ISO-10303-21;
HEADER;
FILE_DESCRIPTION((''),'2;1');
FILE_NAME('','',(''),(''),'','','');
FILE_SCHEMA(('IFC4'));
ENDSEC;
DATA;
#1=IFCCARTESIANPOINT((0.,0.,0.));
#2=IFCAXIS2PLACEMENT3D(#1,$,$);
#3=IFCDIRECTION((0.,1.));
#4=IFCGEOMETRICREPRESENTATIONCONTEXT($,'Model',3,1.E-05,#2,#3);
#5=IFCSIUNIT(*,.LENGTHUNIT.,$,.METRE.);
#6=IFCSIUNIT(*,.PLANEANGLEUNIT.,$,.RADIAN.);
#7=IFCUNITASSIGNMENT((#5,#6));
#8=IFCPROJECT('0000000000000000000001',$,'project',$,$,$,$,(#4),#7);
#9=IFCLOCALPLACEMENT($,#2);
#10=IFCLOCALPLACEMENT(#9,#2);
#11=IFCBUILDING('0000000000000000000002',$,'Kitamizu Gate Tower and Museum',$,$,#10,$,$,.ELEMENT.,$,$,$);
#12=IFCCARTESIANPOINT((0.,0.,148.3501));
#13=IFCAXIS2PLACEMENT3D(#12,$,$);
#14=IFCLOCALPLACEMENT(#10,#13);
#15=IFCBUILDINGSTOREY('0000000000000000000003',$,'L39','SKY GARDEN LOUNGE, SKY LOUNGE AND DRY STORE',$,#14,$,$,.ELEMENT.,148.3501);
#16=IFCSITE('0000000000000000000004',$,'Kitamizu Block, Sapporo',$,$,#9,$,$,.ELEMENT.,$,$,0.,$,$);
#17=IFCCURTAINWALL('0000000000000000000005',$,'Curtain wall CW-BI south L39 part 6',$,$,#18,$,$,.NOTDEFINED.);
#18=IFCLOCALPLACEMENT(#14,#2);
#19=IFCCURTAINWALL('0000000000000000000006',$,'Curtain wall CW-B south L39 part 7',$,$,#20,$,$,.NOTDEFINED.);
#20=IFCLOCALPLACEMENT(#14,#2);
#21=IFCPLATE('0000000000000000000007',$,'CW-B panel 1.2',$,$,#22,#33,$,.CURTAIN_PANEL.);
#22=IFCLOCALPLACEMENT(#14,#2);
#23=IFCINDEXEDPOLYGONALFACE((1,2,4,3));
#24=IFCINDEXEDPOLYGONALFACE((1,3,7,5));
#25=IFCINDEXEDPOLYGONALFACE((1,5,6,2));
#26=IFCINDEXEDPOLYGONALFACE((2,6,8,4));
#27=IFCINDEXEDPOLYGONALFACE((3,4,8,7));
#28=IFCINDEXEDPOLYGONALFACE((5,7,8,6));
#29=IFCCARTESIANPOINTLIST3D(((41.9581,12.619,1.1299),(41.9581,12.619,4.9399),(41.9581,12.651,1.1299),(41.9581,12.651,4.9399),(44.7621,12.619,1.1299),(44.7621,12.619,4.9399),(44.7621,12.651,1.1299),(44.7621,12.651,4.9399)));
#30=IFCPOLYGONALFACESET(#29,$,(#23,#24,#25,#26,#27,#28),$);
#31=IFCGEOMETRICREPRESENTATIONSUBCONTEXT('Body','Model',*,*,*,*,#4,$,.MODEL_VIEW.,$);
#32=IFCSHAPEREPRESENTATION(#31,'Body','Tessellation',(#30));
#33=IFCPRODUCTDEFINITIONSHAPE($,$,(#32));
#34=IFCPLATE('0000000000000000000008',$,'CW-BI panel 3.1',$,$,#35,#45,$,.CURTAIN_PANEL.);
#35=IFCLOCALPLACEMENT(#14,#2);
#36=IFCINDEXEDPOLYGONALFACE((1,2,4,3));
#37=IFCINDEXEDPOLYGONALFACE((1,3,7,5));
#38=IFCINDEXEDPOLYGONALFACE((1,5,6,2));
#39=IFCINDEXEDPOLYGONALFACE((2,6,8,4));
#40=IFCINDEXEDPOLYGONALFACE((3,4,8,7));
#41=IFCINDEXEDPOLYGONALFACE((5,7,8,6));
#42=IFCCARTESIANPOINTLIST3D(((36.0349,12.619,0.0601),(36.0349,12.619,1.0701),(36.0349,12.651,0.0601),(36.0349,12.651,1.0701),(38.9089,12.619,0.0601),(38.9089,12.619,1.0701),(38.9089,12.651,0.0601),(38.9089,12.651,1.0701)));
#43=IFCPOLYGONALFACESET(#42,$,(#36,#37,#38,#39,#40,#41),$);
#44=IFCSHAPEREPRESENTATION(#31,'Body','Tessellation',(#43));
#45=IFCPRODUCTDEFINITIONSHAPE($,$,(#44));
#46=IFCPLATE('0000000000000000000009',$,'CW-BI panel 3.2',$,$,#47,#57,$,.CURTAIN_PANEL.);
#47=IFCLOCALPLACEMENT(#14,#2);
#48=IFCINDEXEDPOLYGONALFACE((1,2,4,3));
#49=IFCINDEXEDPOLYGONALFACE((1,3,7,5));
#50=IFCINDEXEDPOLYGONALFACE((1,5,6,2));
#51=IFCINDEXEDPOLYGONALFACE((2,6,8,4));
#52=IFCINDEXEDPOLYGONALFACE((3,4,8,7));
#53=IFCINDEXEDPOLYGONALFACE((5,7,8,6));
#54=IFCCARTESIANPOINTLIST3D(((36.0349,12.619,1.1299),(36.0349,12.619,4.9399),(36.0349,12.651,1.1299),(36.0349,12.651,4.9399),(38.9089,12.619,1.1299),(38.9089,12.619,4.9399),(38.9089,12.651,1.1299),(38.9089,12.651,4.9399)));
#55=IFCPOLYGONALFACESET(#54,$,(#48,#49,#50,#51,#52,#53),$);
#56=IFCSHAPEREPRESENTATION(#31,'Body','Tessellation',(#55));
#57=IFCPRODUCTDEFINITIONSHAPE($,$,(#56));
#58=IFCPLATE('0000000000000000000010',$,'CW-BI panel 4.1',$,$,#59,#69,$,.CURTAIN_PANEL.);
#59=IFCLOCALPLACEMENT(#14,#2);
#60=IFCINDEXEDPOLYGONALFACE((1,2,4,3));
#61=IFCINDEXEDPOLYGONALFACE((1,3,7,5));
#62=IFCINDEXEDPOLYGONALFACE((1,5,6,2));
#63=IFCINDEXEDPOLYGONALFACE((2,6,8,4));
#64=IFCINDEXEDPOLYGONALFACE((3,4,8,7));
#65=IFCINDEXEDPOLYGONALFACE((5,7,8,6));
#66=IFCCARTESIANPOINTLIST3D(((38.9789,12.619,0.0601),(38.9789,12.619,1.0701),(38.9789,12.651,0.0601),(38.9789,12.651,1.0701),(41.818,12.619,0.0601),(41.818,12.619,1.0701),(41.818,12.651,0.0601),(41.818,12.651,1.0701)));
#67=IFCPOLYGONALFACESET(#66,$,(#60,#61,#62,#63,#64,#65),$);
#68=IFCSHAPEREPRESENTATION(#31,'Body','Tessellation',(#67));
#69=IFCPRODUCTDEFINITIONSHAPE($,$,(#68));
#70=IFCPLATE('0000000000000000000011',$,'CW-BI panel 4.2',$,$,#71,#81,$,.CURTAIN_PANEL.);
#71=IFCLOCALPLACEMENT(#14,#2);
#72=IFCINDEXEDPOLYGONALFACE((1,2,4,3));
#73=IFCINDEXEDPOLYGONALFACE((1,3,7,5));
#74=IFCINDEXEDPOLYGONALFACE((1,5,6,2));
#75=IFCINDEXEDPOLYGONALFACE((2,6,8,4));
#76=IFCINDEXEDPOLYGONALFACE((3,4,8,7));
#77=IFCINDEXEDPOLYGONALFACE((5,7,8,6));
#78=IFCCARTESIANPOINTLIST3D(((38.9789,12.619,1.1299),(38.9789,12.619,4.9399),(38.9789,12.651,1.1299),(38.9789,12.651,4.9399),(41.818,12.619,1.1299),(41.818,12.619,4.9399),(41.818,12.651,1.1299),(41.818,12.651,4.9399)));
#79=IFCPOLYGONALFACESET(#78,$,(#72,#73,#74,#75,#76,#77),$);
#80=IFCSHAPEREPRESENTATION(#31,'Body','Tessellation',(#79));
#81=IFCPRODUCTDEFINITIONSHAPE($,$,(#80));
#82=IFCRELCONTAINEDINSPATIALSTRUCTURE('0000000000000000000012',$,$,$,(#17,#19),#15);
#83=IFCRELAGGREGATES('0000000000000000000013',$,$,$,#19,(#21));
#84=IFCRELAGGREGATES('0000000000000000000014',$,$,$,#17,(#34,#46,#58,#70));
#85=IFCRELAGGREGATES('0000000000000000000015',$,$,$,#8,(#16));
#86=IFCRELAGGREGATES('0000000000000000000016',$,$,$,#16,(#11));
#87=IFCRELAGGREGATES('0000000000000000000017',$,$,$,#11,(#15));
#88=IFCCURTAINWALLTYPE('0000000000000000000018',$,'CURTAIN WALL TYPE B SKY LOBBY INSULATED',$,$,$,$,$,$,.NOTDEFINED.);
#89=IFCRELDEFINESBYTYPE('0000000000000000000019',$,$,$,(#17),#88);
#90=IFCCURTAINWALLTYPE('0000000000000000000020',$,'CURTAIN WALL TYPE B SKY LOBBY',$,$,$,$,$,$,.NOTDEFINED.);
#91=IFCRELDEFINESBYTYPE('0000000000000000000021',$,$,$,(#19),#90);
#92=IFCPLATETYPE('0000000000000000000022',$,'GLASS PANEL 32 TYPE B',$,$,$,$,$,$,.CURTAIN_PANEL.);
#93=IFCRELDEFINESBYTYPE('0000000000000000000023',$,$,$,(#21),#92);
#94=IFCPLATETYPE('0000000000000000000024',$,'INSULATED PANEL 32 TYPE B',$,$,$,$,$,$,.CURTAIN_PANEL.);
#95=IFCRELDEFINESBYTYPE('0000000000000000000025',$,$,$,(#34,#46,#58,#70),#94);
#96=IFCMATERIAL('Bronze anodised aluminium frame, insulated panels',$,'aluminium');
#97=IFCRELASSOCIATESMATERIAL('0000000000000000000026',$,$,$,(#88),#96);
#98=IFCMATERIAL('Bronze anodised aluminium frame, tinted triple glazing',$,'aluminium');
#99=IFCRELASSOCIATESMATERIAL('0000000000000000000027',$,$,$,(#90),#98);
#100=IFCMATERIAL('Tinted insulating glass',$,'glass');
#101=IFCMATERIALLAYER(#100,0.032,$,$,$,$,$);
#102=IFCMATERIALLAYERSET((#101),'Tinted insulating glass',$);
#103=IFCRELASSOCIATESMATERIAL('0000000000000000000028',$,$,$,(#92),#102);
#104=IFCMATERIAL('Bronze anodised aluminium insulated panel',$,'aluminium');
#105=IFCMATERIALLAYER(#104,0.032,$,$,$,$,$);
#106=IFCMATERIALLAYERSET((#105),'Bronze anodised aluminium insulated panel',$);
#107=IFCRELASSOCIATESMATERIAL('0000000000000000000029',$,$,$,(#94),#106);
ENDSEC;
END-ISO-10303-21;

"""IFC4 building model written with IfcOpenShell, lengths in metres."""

from ifc_helpers import new_model, si_unit, direction, frame, origin, origin_2d, place, context, subcontext, project, spatial, rectangle, extrude, material, layer, layer_set, type_object, element, aggregate, save


model = new_model("IFC4")

# Units and contexts
model_context = context("Model", 3, precision=1e-05, world=origin(), true_north=direction((0.0, 1.0)))
body_context = subcontext(model_context, "Body", "Model", "MODEL_VIEW")
ifc_project = project(units=[si_unit("LENGTHUNIT", "METRE"), si_unit("PLANEANGLEUNIT", "RADIAN")], contexts=[model_context])

# Site, building, storey
site_placement = place(None, origin())
site = spatial("IfcSite", under=ifc_project, at=site_placement, Name="Kitamizu Block, Sapporo", CompositionType="ELEMENT", RefElevation=0.0)
building_placement = place(site_placement, origin())
building = spatial("IfcBuilding", under=site, at=building_placement, Name="Kitamizu Gate Tower and Museum", CompositionType="ELEMENT")
storey_placement = place(building_placement, frame((0.0, 0.0, 148.3501)))
storey = spatial("IfcBuildingStorey", under=building, at=storey_placement, Name="L39", Description="SKY GARDEN LOUNGE, SKY LOUNGE AND DRY STORE", CompositionType="ELEMENT", Elevation=148.3501)

# Curtain wall
ifc_material_1 = material(Name="Bronze anodised aluminium frame, insulated panels", Category="aluminium")
curtain_wall_type_1 = type_object("IfcCurtainWallType", Name="CURTAIN WALL TYPE B SKY LOBBY INSULATED", PredefinedType="NOTDEFINED", material=ifc_material_1)
curtain_wall_1_placement = place(storey_placement, origin())
curtain_wall_1 = element("IfcCurtainWall", 1, at=curtain_wall_1_placement, inside=storey, type_object=curtain_wall_type_1, Name="Curtain wall CW-BI south L39 part 6", PredefinedType="NOTDEFINED")

# Curtain wall
ifc_material_2 = material(Name="Bronze anodised aluminium frame, tinted triple glazing", Category="aluminium")
curtain_wall_type_2 = type_object("IfcCurtainWallType", Name="CURTAIN WALL TYPE B SKY LOBBY", PredefinedType="NOTDEFINED", material=ifc_material_2)
curtain_wall_2_placement = place(storey_placement, origin())
curtain_wall_2 = element("IfcCurtainWall", 2, at=curtain_wall_2_placement, inside=storey, type_object=curtain_wall_type_2, Name="Curtain wall CW-B south L39 part 7", PredefinedType="NOTDEFINED")

# Plates
ifc_material_3 = material(Name="Tinted insulating glass", Category="glass")
ifc_layer_1 = layer(ifc_material_3, 0.032)
ifc_layer_set_1 = layer_set([ifc_layer_1], Name="Tinted insulating glass")
plate_type_1 = type_object("IfcPlateType", Name="GLASS PANEL 32 TYPE B", PredefinedType="CURTAIN_PANEL", material=ifc_layer_set_1)
plate_1_placement = place(storey_placement, frame((43.3601, 12.635, 1.1299), z_axis=(0.0, 0.0, 1.0), x_axis=(1.0, 0.0, 0.0)))
plate_1 = element("IfcPlate", 3, at=plate_1_placement, type_object=plate_type_1, Name="CW-B panel 1.2", PredefinedType="CURTAIN_PANEL", context=body_context, shape_type="SweptSolid", body=[
    extrude(rectangle(XDim=2.804, YDim=0.032, at=origin_2d()), origin(), (0.0, 0.0, 1.0), 3.8101),
])
aggregate(curtain_wall_2, [plate_1])
ifc_material_4 = material(Name="Bronze anodised aluminium insulated panel", Category="aluminium")
ifc_layer_2 = layer(ifc_material_4, 0.032)
ifc_layer_set_2 = layer_set([ifc_layer_2], Name="Bronze anodised aluminium insulated panel")
plate_type_2 = type_object("IfcPlateType", Name="INSULATED PANEL 32 TYPE B", PredefinedType="CURTAIN_PANEL", material=ifc_layer_set_2)
plate_2_placement = place(storey_placement, frame((37.4719, 12.635, 0.0601), z_axis=(0.0, 0.0, 1.0), x_axis=(1.0, 0.0, 0.0)))
plate_2 = element("IfcPlate", 4, at=plate_2_placement, type_object=plate_type_2, Name="CW-BI panel 3.1", PredefinedType="CURTAIN_PANEL", context=body_context, shape_type="SweptSolid", body=[
    extrude(rectangle(XDim=2.874, YDim=0.032, at=origin_2d()), origin(), (0.0, 0.0, 1.0), 1.01),
])
plate_3_placement = place(storey_placement, frame((37.4719, 12.635, 1.1299), z_axis=(0.0, 0.0, 1.0), x_axis=(1.0, 0.0, 0.0)))
plate_3 = element("IfcPlate", 5, at=plate_3_placement, type_object=plate_type_2, Name="CW-BI panel 3.2", PredefinedType="CURTAIN_PANEL", context=body_context, shape_type="SweptSolid", body=[
    extrude(rectangle(XDim=2.874, YDim=0.032, at=origin_2d()), origin(), (0.0, 0.0, 1.0), 3.8101),
])
plate_4_placement = place(storey_placement, frame((40.3984, 12.635, 0.0601), z_axis=(0.0, 0.0, 1.0), x_axis=(1.0, 0.0, 0.0)))
plate_4 = element("IfcPlate", 6, at=plate_4_placement, type_object=plate_type_2, Name="CW-BI panel 4.1", PredefinedType="CURTAIN_PANEL", context=body_context, shape_type="SweptSolid", body=[
    extrude(rectangle(XDim=2.8391, YDim=0.032, at=origin_2d()), origin(), (0.0, 0.0, 1.0), 1.01),
])
plate_5_placement = place(storey_placement, frame((40.3984, 12.635, 1.1299), z_axis=(0.0, 0.0, 1.0), x_axis=(1.0, 0.0, 0.0)))
plate_5 = element("IfcPlate", 7, at=plate_5_placement, type_object=plate_type_2, Name="CW-BI panel 4.2", PredefinedType="CURTAIN_PANEL", context=body_context, shape_type="SweptSolid", body=[
    extrude(rectangle(XDim=2.8391, YDim=0.032, at=origin_2d()), origin(), (0.0, 0.0, 1.0), 3.8101),
])
aggregate(curtain_wall_1, [plate_2, plate_3, plate_4, plate_5])

save(model, "model.ifc")
